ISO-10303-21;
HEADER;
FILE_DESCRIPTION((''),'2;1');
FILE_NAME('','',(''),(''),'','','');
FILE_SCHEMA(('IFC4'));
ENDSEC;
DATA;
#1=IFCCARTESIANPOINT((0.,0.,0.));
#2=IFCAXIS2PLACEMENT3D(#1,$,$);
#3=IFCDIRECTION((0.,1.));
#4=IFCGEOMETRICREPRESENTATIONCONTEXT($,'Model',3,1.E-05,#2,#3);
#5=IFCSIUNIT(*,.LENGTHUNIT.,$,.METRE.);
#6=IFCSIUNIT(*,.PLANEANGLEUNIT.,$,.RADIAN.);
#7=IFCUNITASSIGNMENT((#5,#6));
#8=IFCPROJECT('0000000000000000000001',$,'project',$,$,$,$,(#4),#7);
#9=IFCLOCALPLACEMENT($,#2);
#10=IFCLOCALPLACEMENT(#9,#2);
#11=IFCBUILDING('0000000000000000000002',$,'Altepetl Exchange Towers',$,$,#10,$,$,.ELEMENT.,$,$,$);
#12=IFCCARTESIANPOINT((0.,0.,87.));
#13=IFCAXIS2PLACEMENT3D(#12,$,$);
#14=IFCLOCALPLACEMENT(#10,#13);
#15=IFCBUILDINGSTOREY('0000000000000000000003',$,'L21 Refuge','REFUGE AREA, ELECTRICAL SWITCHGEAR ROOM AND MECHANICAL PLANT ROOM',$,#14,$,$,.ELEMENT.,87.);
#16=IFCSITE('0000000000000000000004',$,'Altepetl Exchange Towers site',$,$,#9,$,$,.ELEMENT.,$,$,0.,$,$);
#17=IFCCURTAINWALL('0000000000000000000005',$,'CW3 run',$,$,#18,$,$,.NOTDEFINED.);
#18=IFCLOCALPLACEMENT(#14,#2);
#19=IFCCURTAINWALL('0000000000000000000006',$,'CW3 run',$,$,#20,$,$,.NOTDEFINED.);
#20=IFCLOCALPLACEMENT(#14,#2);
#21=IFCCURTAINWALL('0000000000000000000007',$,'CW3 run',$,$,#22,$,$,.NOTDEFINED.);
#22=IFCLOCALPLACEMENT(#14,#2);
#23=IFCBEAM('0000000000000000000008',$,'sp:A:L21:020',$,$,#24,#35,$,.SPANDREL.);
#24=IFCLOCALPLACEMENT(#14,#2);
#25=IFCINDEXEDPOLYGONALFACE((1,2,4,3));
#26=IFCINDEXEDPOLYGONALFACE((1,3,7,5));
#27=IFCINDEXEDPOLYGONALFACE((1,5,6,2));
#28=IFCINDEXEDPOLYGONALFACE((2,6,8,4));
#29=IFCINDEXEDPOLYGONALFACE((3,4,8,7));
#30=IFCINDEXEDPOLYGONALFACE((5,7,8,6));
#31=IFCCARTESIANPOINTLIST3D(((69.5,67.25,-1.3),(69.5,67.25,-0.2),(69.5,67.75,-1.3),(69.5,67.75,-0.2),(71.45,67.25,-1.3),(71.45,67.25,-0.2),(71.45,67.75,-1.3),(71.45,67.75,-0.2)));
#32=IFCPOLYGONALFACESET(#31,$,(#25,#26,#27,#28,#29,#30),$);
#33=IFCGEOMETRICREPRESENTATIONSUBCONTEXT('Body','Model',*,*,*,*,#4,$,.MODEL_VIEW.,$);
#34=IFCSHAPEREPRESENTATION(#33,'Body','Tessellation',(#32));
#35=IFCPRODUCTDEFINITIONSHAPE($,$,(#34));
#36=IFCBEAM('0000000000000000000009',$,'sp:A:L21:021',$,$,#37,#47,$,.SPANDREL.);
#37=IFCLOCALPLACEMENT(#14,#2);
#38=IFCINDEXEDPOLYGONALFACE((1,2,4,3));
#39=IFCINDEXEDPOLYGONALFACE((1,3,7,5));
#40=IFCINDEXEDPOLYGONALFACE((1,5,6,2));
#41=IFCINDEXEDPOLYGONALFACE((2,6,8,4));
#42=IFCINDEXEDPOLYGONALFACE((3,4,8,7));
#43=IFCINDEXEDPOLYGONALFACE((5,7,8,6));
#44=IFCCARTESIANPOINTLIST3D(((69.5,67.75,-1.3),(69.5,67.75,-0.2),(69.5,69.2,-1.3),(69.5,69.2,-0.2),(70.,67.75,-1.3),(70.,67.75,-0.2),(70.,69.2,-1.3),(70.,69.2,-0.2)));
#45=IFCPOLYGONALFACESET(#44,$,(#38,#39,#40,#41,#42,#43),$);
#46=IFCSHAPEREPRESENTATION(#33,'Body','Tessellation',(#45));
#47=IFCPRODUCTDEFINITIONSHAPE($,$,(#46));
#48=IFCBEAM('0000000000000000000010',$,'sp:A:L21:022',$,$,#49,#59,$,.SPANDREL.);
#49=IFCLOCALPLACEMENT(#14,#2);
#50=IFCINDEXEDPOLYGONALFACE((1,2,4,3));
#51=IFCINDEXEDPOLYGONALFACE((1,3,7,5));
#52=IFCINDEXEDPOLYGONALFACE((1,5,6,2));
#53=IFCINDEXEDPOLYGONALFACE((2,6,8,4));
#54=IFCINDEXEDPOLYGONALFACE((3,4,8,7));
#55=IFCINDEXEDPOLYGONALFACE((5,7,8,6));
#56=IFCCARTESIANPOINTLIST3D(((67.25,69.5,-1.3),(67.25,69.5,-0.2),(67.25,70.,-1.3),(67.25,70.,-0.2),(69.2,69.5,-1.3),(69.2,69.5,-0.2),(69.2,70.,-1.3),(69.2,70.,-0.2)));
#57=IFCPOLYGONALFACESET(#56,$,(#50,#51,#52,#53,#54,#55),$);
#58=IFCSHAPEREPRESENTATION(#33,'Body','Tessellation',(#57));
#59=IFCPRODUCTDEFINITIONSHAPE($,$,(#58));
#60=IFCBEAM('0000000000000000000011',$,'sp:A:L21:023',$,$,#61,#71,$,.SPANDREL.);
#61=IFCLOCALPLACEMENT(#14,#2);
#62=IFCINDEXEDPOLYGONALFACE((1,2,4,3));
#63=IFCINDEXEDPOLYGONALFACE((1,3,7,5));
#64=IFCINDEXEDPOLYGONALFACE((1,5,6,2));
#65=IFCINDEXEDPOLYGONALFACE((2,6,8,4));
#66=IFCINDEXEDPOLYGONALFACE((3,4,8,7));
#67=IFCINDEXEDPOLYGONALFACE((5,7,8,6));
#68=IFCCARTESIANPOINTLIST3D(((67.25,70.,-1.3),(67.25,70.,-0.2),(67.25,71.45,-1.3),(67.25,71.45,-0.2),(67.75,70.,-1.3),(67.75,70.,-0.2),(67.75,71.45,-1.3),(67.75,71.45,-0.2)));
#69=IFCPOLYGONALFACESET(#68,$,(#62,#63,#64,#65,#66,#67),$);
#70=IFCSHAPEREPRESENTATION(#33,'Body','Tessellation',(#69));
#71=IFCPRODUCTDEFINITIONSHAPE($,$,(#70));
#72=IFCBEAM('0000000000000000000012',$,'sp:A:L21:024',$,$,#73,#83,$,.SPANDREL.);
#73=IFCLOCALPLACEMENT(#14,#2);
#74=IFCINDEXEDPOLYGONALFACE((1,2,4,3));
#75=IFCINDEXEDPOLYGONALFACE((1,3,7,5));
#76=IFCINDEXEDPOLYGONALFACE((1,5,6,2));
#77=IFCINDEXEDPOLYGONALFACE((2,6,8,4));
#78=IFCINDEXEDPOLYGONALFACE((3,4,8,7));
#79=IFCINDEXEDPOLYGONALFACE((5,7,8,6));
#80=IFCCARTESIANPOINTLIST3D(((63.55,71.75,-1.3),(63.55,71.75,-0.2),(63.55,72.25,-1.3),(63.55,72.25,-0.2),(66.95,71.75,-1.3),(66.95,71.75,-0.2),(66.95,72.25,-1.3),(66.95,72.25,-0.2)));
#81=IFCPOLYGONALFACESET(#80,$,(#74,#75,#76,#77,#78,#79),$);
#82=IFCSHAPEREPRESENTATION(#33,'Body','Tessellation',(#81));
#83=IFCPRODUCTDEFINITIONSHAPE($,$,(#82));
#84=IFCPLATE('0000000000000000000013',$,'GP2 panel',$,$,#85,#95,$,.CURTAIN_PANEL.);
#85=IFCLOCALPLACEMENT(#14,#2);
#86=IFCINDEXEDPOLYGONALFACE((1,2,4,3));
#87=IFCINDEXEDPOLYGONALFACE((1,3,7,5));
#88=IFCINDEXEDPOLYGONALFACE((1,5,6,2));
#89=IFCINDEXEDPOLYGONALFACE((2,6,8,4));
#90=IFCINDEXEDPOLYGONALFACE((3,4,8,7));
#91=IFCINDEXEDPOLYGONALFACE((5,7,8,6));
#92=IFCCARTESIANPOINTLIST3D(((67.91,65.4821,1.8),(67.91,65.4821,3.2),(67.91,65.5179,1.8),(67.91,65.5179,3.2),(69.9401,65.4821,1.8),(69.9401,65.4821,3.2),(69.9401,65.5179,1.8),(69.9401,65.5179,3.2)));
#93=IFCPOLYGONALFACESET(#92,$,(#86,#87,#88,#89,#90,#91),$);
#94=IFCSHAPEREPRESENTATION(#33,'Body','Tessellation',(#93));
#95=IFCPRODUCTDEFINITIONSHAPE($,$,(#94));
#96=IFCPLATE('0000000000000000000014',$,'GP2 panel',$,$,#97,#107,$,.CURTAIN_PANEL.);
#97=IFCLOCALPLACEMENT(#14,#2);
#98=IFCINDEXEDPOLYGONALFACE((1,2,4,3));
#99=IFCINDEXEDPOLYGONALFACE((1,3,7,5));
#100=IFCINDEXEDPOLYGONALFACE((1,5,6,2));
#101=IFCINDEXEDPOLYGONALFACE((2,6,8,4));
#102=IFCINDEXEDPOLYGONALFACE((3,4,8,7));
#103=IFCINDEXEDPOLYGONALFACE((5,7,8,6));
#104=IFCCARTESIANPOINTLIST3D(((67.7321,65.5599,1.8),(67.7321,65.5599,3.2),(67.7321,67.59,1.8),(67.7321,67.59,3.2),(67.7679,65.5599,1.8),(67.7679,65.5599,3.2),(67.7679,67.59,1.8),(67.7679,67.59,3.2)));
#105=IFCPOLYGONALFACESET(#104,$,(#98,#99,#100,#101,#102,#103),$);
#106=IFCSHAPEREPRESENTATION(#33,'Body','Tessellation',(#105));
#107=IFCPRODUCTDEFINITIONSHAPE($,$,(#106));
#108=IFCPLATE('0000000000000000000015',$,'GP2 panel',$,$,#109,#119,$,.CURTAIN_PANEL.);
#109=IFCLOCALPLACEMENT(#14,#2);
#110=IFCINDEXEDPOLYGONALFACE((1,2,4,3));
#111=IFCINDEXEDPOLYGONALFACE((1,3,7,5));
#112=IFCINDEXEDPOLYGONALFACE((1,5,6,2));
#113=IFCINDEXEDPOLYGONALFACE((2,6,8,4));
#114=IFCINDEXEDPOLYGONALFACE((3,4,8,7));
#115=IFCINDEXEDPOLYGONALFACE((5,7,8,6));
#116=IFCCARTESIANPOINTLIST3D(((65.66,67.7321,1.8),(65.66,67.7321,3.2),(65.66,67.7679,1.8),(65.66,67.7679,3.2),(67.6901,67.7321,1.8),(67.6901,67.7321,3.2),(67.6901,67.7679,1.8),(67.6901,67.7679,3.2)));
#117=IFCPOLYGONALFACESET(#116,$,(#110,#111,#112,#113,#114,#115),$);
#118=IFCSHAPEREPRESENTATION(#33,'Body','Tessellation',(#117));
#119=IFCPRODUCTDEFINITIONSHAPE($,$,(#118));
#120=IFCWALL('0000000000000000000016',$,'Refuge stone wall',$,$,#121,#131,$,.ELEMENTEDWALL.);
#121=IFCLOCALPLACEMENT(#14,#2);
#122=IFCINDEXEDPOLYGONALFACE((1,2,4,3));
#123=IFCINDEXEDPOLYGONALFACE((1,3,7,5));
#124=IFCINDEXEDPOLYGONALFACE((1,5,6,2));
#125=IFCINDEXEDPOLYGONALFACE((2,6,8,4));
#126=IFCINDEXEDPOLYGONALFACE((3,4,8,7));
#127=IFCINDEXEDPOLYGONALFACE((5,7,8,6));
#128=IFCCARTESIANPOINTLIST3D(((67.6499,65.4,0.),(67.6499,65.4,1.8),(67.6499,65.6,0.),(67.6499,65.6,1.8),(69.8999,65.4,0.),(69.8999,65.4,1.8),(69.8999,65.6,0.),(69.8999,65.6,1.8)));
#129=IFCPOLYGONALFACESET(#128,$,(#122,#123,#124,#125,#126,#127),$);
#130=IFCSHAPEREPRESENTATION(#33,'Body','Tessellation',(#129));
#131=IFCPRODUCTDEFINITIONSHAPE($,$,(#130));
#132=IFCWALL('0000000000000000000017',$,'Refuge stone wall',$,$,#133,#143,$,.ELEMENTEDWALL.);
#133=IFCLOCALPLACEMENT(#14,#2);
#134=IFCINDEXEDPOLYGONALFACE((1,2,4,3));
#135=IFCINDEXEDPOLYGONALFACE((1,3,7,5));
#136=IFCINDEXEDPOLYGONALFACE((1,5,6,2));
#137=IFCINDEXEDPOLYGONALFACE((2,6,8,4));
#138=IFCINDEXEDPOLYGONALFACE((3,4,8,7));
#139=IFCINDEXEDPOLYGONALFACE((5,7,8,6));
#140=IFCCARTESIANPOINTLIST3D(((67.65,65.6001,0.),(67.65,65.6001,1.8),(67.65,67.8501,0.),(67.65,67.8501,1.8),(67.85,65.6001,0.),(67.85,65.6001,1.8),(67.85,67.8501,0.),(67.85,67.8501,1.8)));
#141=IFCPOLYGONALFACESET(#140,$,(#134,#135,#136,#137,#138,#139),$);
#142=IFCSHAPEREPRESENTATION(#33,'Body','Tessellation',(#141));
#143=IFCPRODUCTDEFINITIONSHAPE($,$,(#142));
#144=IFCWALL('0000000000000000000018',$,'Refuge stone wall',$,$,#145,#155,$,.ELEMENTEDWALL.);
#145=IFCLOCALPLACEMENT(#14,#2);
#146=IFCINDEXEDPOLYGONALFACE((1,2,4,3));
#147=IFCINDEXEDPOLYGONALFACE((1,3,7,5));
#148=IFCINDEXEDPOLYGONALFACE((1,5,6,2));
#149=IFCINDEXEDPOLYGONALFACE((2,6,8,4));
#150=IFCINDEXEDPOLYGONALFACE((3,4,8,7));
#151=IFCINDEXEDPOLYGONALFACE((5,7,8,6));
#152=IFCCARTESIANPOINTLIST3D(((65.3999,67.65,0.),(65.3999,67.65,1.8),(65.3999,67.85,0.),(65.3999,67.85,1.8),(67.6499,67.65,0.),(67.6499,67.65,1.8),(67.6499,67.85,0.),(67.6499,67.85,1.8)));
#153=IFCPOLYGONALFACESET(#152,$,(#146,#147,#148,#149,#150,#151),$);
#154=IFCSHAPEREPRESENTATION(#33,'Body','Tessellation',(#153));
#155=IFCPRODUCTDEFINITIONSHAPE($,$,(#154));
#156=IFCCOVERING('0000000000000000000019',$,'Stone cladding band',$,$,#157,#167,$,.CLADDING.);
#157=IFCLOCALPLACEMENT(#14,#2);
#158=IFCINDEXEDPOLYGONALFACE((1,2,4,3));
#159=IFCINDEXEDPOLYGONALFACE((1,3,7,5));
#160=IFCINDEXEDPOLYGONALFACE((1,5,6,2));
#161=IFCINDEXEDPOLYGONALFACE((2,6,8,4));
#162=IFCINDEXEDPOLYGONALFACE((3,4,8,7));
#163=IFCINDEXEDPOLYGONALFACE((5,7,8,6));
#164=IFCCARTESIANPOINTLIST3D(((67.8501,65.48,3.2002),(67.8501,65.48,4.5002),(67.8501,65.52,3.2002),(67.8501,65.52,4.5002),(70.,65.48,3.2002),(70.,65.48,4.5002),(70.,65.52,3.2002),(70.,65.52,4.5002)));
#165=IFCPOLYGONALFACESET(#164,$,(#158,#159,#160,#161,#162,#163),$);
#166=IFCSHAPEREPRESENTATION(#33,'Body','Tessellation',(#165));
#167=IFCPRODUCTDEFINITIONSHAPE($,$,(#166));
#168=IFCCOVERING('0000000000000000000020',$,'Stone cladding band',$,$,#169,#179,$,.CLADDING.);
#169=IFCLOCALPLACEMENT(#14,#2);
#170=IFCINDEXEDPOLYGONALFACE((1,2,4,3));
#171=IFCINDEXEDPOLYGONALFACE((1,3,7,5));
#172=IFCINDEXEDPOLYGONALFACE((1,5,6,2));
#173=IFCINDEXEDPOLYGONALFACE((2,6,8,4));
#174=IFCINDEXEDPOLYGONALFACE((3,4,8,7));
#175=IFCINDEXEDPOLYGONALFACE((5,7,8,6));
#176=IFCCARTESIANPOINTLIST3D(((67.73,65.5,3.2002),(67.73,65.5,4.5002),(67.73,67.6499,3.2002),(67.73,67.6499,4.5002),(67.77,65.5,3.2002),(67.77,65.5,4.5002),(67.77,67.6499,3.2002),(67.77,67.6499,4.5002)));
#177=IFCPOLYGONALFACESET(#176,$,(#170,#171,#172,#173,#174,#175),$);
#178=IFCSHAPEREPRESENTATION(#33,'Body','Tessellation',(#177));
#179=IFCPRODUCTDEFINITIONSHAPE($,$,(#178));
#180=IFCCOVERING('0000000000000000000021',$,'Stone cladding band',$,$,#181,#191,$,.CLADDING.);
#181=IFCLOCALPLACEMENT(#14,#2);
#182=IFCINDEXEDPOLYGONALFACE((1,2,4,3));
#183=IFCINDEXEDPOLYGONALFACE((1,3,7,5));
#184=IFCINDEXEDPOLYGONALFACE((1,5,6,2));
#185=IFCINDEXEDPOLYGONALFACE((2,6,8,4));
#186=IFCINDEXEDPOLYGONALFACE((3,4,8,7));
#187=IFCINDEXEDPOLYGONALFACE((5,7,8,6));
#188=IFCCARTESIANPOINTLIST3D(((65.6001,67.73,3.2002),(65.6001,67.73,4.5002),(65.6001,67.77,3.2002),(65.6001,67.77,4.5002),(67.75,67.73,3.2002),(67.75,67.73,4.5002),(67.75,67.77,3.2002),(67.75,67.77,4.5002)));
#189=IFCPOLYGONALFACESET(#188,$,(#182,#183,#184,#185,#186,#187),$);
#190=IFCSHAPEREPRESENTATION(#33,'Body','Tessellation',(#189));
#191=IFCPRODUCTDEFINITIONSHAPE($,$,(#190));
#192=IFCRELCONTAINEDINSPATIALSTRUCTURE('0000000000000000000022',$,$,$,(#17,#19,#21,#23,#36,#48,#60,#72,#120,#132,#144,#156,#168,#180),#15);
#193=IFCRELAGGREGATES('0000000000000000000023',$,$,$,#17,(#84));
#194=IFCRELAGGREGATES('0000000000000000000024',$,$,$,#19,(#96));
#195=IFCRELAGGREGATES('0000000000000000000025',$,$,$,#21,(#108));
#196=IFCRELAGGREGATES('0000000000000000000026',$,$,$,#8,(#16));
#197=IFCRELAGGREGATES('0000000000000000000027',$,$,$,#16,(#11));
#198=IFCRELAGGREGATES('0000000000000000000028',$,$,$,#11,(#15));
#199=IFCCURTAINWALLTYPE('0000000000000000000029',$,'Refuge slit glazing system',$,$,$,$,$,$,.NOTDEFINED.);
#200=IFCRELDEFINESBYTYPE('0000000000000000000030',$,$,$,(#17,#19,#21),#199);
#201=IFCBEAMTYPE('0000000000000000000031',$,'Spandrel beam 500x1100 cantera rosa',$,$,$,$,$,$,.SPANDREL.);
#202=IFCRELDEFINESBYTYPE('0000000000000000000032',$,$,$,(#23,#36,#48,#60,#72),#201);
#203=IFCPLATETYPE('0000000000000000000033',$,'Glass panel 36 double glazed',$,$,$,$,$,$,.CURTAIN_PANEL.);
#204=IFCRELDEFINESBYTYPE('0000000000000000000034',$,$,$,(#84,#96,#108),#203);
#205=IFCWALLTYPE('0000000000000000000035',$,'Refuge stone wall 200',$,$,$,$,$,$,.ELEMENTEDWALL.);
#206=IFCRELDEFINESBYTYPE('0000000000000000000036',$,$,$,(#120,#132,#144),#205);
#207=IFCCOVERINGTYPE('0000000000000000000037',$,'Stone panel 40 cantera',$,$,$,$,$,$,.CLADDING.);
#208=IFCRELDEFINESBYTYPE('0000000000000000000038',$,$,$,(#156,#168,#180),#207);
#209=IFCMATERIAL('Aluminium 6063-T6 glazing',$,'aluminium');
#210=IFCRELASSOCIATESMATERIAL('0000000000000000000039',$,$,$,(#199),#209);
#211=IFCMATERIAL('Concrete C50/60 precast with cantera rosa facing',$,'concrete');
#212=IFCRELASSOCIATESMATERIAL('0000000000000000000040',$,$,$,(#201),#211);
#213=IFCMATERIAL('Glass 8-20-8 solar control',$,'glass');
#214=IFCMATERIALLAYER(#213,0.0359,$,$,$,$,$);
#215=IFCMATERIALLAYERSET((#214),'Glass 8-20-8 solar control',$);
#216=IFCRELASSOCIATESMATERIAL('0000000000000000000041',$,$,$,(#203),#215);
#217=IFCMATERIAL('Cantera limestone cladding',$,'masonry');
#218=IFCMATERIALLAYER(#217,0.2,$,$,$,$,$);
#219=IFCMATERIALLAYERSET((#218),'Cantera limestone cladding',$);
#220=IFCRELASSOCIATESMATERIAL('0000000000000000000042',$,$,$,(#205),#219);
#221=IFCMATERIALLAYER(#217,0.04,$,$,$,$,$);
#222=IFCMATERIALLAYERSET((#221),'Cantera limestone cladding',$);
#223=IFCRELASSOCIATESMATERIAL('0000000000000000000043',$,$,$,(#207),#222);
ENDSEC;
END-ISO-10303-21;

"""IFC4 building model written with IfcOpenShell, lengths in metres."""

from ifc_helpers import new_model, si_unit, direction, frame, frame_2d, origin, origin_2d, place, context, subcontext, project, spatial, rectangle, extrude, material, layer, layer_set, material_profile, profile_set, type_object, element, aggregate, save


model = new_model("IFC4")

# Units and contexts
model_context = context("Model", 3, precision=1e-05, world=origin(), true_north=direction((0.0, 1.0)))
body_context = subcontext(model_context, "Body", "Model", "MODEL_VIEW")
ifc_project = project(units=[si_unit("LENGTHUNIT", "METRE"), si_unit("PLANEANGLEUNIT", "RADIAN")], contexts=[model_context])

# Site, building, storey
site_placement = place(None, origin())
site = spatial("IfcSite", under=ifc_project, at=site_placement, Name="Altepetl Exchange Towers site", CompositionType="ELEMENT", RefElevation=0.0)
building_placement = place(site_placement, origin())
building = spatial("IfcBuilding", under=site, at=building_placement, Name="Altepetl Exchange Towers", CompositionType="ELEMENT")
storey_placement = place(building_placement, frame((0.0, 0.0, 87.0)))
storey = spatial("IfcBuildingStorey", under=building, at=storey_placement, Name="L21 Refuge", Description="REFUGE AREA, ELECTRICAL SWITCHGEAR ROOM AND MECHANICAL PLANT ROOM", CompositionType="ELEMENT", Elevation=87.0)

# Shared definitions
ifc_material_1 = material(Name="Aluminium 6063-T6 glazing", Category="aluminium")
curtain_wall_type = type_object("IfcCurtainWallType", Name="Refuge slit glazing system", PredefinedType="NOTDEFINED", material=ifc_material_1)

# Curtain walls
curtain_wall_1_placement = place(storey_placement, origin())
curtain_wall_1 = element("IfcCurtainWall", 1, at=curtain_wall_1_placement, inside=storey, type_object=curtain_wall_type, Name="CW3 run", PredefinedType="NOTDEFINED")
curtain_wall_2_placement = place(storey_placement, origin())
curtain_wall_2 = element("IfcCurtainWall", 2, at=curtain_wall_2_placement, inside=storey, type_object=curtain_wall_type, Name="CW3 run", PredefinedType="NOTDEFINED")
curtain_wall_3_placement = place(storey_placement, origin())
curtain_wall_3 = element("IfcCurtainWall", 3, at=curtain_wall_3_placement, inside=storey, type_object=curtain_wall_type, Name="CW3 run", PredefinedType="NOTDEFINED")

# Beams
ifc_material_2 = material(Name="Concrete C50/60 precast with cantera rosa facing", Category="concrete")
ifc_material_profile_1 = material_profile(ifc_material_2, rectangle(XDim=0.5, YDim=1.1001, at=origin_2d()), Name="500 x 1100")
ifc_profile_set_1 = profile_set([ifc_material_profile_1], Name="Concrete C50/60 precast with cantera rosa facing")
beam_type = type_object("IfcBeamType", Name="Spandrel beam 500x1100 cantera rosa", PredefinedType="SPANDREL", material=ifc_profile_set_1)
beam_1_placement = place(storey_placement, frame((71.45, 67.5, -0.75), z_axis=(-1.0, 0.0, 0.0), x_axis=(0.0, -1.0, 0.0)))
element("IfcBeam", 4, at=beam_1_placement, inside=storey, type_object=beam_type, Name="sp:A:L21:020", PredefinedType="SPANDREL", context=body_context, shape_type="SweptSolid", body=[
    extrude(rectangle(XDim=0.5, YDim=1.1001, at=origin_2d()), origin(), (0.0, 0.0, 1.0), 1.95),
])
beam_2_placement = place(storey_placement, frame((69.75, 67.75, -0.75), z_axis=(0.0, 1.0, 0.0), x_axis=(-1.0, 0.0, 0.0)))
element("IfcBeam", 5, at=beam_2_placement, inside=storey, type_object=beam_type, Name="sp:A:L21:021", PredefinedType="SPANDREL", context=body_context, shape_type="SweptSolid", body=[
    extrude(rectangle(XDim=0.5, YDim=1.1001, at=origin_2d()), origin(), (0.0, 0.0, 1.0), 1.45),
])
beam_3_placement = place(storey_placement, frame((69.2, 69.75, -0.75), z_axis=(-1.0, 0.0, 0.0), x_axis=(0.0, -1.0, 0.0)))
element("IfcBeam", 6, at=beam_3_placement, inside=storey, type_object=beam_type, Name="sp:A:L21:022", PredefinedType="SPANDREL", context=body_context, shape_type="SweptSolid", body=[
    extrude(rectangle(XDim=0.5, YDim=1.1001, at=origin_2d()), origin(), (0.0, 0.0, 1.0), 1.95),
])
beam_4_placement = place(storey_placement, frame((67.5, 70.0, -0.75), z_axis=(0.0, 1.0, 0.0), x_axis=(-1.0, 0.0, 0.0)))
element("IfcBeam", 7, at=beam_4_placement, inside=storey, type_object=beam_type, Name="sp:A:L21:023", PredefinedType="SPANDREL", context=body_context, shape_type="SweptSolid", body=[
    extrude(rectangle(XDim=0.5, YDim=1.1001, at=origin_2d()), origin(), (0.0, 0.0, 1.0), 1.45),
])
beam_5_placement = place(storey_placement, frame((66.95, 72.0, -0.75), z_axis=(-1.0, 0.0, 0.0), x_axis=(0.0, -1.0, 0.0)))
element("IfcBeam", 8, at=beam_5_placement, inside=storey, type_object=beam_type, Name="sp:A:L21:024", PredefinedType="SPANDREL", context=body_context, shape_type="SweptSolid", body=[
    extrude(rectangle(XDim=0.5, YDim=1.1001, at=origin_2d()), origin(), (0.0, 0.0, 1.0), 3.3999),
])

# Plates
ifc_material_3 = material(Name="Glass 8-20-8 solar control", Category="glass")
ifc_layer_1 = layer(ifc_material_3, 0.0359)
ifc_layer_set_1 = layer_set([ifc_layer_1], Name="Glass 8-20-8 solar control")
plate_type = type_object("IfcPlateType", Name="Glass panel 36 double glazed", PredefinedType="CURTAIN_PANEL", material=ifc_layer_set_1)
plate_1_placement = place(storey_placement, frame((68.925, 65.5, 1.8), z_axis=(0.0, 0.0, 1.0), x_axis=(-1.0, 0.0, 0.0)))
plate_1 = element("IfcPlate", 9, at=plate_1_placement, type_object=plate_type, Name="GP2 panel", PredefinedType="CURTAIN_PANEL", context=body_context, shape_type="SweptSolid", body=[
    extrude(rectangle(XDim=2.03, YDim=0.0359, at=origin_2d()), origin(), (0.0, 0.0, 1.0), 1.3999),
])
aggregate(curtain_wall_1, [plate_1])
plate_2_placement = place(storey_placement, frame((67.75, 66.575, 1.8), z_axis=(0.0, 0.0, 1.0), x_axis=(0.0, 1.0, 0.0)))
plate_2 = element("IfcPlate", 10, at=plate_2_placement, type_object=plate_type, Name="GP2 panel", PredefinedType="CURTAIN_PANEL", context=body_context, shape_type="SweptSolid", body=[
    extrude(rectangle(XDim=2.03, YDim=0.0359, at=origin_2d()), origin(), (0.0, 0.0, 1.0), 1.3999),
])
aggregate(curtain_wall_2, [plate_2])
plate_3_placement = place(storey_placement, frame((66.675, 67.75, 1.8), z_axis=(0.0, 0.0, 1.0), x_axis=(-1.0, 0.0, 0.0)))
plate_3 = element("IfcPlate", 11, at=plate_3_placement, type_object=plate_type, Name="GP2 panel", PredefinedType="CURTAIN_PANEL", context=body_context, shape_type="SweptSolid", body=[
    extrude(rectangle(XDim=2.03, YDim=0.0359, at=origin_2d()), origin(), (0.0, 0.0, 1.0), 1.3999),
])
aggregate(curtain_wall_3, [plate_3])

# Walls
ifc_material_4 = material(Name="Cantera limestone cladding", Category="masonry")
ifc_layer_2 = layer(ifc_material_4, 0.2)
ifc_layer_set_2 = layer_set([ifc_layer_2], Name="Cantera limestone cladding")
wall_type = type_object("IfcWallType", Name="Refuge stone wall 200", PredefinedType="ELEMENTEDWALL", material=ifc_layer_set_2)
for number, where, z_axis, x_axis, name in (
    (12, (69.8999, 65.5, 0.0), (0.0, 0.0, 1.0), (-1.0, 0.0, 0.0), "Refuge stone wall"),
    (13, (67.75, 65.6001, 0.0), (0.0, 0.0, 1.0), (0.0, 1.0, 0.0), "Refuge stone wall"),
    (14, (67.6499, 67.75, 0.0), (0.0, 0.0, 1.0), (-1.0, 0.0, 0.0), "Refuge stone wall"),
):
    element("IfcWall", number, at=place(storey_placement, frame(where, z_axis=z_axis, x_axis=x_axis)), inside=storey, type_object=wall_type, Name=name, PredefinedType="ELEMENTEDWALL", context=body_context, shape_type="SweptSolid", body=[
        extrude(rectangle(XDim=2.25, YDim=0.2, at=frame_2d((1.125, 0.0))), origin(), (0.0, 0.0, 1.0), 1.8),
    ])

# Coverings
ifc_layer_3 = layer(ifc_material_4, 0.04)
ifc_layer_set_3 = layer_set([ifc_layer_3], Name="Cantera limestone cladding")
covering_type = type_object("IfcCoveringType", Name="Stone panel 40 cantera", PredefinedType="CLADDING", material=ifc_layer_set_3)
for number, where, z_axis, x_axis, name in (
    (15, (68.925, 65.5, 3.2002), (0.0, 0.0, 1.0), (-1.0, 0.0, 0.0), "Stone cladding band"),
    (16, (67.75, 66.575, 3.2002), (0.0, 0.0, 1.0), (0.0, 1.0, 0.0), "Stone cladding band"),
    (17, (66.675, 67.75, 3.2002), (0.0, 0.0, 1.0), (-1.0, 0.0, 0.0), "Stone cladding band"),
):
    element("IfcCovering", number, at=place(storey_placement, frame(where, z_axis=z_axis, x_axis=x_axis)), inside=storey, type_object=covering_type, Name=name, PredefinedType="CLADDING", context=body_context, shape_type="SweptSolid", body=[
        extrude(rectangle(XDim=2.1499, YDim=0.04, at=origin_2d()), origin(), (0.0, 0.0, 1.0), 1.3),
    ])

save(model, "model.ifc")
